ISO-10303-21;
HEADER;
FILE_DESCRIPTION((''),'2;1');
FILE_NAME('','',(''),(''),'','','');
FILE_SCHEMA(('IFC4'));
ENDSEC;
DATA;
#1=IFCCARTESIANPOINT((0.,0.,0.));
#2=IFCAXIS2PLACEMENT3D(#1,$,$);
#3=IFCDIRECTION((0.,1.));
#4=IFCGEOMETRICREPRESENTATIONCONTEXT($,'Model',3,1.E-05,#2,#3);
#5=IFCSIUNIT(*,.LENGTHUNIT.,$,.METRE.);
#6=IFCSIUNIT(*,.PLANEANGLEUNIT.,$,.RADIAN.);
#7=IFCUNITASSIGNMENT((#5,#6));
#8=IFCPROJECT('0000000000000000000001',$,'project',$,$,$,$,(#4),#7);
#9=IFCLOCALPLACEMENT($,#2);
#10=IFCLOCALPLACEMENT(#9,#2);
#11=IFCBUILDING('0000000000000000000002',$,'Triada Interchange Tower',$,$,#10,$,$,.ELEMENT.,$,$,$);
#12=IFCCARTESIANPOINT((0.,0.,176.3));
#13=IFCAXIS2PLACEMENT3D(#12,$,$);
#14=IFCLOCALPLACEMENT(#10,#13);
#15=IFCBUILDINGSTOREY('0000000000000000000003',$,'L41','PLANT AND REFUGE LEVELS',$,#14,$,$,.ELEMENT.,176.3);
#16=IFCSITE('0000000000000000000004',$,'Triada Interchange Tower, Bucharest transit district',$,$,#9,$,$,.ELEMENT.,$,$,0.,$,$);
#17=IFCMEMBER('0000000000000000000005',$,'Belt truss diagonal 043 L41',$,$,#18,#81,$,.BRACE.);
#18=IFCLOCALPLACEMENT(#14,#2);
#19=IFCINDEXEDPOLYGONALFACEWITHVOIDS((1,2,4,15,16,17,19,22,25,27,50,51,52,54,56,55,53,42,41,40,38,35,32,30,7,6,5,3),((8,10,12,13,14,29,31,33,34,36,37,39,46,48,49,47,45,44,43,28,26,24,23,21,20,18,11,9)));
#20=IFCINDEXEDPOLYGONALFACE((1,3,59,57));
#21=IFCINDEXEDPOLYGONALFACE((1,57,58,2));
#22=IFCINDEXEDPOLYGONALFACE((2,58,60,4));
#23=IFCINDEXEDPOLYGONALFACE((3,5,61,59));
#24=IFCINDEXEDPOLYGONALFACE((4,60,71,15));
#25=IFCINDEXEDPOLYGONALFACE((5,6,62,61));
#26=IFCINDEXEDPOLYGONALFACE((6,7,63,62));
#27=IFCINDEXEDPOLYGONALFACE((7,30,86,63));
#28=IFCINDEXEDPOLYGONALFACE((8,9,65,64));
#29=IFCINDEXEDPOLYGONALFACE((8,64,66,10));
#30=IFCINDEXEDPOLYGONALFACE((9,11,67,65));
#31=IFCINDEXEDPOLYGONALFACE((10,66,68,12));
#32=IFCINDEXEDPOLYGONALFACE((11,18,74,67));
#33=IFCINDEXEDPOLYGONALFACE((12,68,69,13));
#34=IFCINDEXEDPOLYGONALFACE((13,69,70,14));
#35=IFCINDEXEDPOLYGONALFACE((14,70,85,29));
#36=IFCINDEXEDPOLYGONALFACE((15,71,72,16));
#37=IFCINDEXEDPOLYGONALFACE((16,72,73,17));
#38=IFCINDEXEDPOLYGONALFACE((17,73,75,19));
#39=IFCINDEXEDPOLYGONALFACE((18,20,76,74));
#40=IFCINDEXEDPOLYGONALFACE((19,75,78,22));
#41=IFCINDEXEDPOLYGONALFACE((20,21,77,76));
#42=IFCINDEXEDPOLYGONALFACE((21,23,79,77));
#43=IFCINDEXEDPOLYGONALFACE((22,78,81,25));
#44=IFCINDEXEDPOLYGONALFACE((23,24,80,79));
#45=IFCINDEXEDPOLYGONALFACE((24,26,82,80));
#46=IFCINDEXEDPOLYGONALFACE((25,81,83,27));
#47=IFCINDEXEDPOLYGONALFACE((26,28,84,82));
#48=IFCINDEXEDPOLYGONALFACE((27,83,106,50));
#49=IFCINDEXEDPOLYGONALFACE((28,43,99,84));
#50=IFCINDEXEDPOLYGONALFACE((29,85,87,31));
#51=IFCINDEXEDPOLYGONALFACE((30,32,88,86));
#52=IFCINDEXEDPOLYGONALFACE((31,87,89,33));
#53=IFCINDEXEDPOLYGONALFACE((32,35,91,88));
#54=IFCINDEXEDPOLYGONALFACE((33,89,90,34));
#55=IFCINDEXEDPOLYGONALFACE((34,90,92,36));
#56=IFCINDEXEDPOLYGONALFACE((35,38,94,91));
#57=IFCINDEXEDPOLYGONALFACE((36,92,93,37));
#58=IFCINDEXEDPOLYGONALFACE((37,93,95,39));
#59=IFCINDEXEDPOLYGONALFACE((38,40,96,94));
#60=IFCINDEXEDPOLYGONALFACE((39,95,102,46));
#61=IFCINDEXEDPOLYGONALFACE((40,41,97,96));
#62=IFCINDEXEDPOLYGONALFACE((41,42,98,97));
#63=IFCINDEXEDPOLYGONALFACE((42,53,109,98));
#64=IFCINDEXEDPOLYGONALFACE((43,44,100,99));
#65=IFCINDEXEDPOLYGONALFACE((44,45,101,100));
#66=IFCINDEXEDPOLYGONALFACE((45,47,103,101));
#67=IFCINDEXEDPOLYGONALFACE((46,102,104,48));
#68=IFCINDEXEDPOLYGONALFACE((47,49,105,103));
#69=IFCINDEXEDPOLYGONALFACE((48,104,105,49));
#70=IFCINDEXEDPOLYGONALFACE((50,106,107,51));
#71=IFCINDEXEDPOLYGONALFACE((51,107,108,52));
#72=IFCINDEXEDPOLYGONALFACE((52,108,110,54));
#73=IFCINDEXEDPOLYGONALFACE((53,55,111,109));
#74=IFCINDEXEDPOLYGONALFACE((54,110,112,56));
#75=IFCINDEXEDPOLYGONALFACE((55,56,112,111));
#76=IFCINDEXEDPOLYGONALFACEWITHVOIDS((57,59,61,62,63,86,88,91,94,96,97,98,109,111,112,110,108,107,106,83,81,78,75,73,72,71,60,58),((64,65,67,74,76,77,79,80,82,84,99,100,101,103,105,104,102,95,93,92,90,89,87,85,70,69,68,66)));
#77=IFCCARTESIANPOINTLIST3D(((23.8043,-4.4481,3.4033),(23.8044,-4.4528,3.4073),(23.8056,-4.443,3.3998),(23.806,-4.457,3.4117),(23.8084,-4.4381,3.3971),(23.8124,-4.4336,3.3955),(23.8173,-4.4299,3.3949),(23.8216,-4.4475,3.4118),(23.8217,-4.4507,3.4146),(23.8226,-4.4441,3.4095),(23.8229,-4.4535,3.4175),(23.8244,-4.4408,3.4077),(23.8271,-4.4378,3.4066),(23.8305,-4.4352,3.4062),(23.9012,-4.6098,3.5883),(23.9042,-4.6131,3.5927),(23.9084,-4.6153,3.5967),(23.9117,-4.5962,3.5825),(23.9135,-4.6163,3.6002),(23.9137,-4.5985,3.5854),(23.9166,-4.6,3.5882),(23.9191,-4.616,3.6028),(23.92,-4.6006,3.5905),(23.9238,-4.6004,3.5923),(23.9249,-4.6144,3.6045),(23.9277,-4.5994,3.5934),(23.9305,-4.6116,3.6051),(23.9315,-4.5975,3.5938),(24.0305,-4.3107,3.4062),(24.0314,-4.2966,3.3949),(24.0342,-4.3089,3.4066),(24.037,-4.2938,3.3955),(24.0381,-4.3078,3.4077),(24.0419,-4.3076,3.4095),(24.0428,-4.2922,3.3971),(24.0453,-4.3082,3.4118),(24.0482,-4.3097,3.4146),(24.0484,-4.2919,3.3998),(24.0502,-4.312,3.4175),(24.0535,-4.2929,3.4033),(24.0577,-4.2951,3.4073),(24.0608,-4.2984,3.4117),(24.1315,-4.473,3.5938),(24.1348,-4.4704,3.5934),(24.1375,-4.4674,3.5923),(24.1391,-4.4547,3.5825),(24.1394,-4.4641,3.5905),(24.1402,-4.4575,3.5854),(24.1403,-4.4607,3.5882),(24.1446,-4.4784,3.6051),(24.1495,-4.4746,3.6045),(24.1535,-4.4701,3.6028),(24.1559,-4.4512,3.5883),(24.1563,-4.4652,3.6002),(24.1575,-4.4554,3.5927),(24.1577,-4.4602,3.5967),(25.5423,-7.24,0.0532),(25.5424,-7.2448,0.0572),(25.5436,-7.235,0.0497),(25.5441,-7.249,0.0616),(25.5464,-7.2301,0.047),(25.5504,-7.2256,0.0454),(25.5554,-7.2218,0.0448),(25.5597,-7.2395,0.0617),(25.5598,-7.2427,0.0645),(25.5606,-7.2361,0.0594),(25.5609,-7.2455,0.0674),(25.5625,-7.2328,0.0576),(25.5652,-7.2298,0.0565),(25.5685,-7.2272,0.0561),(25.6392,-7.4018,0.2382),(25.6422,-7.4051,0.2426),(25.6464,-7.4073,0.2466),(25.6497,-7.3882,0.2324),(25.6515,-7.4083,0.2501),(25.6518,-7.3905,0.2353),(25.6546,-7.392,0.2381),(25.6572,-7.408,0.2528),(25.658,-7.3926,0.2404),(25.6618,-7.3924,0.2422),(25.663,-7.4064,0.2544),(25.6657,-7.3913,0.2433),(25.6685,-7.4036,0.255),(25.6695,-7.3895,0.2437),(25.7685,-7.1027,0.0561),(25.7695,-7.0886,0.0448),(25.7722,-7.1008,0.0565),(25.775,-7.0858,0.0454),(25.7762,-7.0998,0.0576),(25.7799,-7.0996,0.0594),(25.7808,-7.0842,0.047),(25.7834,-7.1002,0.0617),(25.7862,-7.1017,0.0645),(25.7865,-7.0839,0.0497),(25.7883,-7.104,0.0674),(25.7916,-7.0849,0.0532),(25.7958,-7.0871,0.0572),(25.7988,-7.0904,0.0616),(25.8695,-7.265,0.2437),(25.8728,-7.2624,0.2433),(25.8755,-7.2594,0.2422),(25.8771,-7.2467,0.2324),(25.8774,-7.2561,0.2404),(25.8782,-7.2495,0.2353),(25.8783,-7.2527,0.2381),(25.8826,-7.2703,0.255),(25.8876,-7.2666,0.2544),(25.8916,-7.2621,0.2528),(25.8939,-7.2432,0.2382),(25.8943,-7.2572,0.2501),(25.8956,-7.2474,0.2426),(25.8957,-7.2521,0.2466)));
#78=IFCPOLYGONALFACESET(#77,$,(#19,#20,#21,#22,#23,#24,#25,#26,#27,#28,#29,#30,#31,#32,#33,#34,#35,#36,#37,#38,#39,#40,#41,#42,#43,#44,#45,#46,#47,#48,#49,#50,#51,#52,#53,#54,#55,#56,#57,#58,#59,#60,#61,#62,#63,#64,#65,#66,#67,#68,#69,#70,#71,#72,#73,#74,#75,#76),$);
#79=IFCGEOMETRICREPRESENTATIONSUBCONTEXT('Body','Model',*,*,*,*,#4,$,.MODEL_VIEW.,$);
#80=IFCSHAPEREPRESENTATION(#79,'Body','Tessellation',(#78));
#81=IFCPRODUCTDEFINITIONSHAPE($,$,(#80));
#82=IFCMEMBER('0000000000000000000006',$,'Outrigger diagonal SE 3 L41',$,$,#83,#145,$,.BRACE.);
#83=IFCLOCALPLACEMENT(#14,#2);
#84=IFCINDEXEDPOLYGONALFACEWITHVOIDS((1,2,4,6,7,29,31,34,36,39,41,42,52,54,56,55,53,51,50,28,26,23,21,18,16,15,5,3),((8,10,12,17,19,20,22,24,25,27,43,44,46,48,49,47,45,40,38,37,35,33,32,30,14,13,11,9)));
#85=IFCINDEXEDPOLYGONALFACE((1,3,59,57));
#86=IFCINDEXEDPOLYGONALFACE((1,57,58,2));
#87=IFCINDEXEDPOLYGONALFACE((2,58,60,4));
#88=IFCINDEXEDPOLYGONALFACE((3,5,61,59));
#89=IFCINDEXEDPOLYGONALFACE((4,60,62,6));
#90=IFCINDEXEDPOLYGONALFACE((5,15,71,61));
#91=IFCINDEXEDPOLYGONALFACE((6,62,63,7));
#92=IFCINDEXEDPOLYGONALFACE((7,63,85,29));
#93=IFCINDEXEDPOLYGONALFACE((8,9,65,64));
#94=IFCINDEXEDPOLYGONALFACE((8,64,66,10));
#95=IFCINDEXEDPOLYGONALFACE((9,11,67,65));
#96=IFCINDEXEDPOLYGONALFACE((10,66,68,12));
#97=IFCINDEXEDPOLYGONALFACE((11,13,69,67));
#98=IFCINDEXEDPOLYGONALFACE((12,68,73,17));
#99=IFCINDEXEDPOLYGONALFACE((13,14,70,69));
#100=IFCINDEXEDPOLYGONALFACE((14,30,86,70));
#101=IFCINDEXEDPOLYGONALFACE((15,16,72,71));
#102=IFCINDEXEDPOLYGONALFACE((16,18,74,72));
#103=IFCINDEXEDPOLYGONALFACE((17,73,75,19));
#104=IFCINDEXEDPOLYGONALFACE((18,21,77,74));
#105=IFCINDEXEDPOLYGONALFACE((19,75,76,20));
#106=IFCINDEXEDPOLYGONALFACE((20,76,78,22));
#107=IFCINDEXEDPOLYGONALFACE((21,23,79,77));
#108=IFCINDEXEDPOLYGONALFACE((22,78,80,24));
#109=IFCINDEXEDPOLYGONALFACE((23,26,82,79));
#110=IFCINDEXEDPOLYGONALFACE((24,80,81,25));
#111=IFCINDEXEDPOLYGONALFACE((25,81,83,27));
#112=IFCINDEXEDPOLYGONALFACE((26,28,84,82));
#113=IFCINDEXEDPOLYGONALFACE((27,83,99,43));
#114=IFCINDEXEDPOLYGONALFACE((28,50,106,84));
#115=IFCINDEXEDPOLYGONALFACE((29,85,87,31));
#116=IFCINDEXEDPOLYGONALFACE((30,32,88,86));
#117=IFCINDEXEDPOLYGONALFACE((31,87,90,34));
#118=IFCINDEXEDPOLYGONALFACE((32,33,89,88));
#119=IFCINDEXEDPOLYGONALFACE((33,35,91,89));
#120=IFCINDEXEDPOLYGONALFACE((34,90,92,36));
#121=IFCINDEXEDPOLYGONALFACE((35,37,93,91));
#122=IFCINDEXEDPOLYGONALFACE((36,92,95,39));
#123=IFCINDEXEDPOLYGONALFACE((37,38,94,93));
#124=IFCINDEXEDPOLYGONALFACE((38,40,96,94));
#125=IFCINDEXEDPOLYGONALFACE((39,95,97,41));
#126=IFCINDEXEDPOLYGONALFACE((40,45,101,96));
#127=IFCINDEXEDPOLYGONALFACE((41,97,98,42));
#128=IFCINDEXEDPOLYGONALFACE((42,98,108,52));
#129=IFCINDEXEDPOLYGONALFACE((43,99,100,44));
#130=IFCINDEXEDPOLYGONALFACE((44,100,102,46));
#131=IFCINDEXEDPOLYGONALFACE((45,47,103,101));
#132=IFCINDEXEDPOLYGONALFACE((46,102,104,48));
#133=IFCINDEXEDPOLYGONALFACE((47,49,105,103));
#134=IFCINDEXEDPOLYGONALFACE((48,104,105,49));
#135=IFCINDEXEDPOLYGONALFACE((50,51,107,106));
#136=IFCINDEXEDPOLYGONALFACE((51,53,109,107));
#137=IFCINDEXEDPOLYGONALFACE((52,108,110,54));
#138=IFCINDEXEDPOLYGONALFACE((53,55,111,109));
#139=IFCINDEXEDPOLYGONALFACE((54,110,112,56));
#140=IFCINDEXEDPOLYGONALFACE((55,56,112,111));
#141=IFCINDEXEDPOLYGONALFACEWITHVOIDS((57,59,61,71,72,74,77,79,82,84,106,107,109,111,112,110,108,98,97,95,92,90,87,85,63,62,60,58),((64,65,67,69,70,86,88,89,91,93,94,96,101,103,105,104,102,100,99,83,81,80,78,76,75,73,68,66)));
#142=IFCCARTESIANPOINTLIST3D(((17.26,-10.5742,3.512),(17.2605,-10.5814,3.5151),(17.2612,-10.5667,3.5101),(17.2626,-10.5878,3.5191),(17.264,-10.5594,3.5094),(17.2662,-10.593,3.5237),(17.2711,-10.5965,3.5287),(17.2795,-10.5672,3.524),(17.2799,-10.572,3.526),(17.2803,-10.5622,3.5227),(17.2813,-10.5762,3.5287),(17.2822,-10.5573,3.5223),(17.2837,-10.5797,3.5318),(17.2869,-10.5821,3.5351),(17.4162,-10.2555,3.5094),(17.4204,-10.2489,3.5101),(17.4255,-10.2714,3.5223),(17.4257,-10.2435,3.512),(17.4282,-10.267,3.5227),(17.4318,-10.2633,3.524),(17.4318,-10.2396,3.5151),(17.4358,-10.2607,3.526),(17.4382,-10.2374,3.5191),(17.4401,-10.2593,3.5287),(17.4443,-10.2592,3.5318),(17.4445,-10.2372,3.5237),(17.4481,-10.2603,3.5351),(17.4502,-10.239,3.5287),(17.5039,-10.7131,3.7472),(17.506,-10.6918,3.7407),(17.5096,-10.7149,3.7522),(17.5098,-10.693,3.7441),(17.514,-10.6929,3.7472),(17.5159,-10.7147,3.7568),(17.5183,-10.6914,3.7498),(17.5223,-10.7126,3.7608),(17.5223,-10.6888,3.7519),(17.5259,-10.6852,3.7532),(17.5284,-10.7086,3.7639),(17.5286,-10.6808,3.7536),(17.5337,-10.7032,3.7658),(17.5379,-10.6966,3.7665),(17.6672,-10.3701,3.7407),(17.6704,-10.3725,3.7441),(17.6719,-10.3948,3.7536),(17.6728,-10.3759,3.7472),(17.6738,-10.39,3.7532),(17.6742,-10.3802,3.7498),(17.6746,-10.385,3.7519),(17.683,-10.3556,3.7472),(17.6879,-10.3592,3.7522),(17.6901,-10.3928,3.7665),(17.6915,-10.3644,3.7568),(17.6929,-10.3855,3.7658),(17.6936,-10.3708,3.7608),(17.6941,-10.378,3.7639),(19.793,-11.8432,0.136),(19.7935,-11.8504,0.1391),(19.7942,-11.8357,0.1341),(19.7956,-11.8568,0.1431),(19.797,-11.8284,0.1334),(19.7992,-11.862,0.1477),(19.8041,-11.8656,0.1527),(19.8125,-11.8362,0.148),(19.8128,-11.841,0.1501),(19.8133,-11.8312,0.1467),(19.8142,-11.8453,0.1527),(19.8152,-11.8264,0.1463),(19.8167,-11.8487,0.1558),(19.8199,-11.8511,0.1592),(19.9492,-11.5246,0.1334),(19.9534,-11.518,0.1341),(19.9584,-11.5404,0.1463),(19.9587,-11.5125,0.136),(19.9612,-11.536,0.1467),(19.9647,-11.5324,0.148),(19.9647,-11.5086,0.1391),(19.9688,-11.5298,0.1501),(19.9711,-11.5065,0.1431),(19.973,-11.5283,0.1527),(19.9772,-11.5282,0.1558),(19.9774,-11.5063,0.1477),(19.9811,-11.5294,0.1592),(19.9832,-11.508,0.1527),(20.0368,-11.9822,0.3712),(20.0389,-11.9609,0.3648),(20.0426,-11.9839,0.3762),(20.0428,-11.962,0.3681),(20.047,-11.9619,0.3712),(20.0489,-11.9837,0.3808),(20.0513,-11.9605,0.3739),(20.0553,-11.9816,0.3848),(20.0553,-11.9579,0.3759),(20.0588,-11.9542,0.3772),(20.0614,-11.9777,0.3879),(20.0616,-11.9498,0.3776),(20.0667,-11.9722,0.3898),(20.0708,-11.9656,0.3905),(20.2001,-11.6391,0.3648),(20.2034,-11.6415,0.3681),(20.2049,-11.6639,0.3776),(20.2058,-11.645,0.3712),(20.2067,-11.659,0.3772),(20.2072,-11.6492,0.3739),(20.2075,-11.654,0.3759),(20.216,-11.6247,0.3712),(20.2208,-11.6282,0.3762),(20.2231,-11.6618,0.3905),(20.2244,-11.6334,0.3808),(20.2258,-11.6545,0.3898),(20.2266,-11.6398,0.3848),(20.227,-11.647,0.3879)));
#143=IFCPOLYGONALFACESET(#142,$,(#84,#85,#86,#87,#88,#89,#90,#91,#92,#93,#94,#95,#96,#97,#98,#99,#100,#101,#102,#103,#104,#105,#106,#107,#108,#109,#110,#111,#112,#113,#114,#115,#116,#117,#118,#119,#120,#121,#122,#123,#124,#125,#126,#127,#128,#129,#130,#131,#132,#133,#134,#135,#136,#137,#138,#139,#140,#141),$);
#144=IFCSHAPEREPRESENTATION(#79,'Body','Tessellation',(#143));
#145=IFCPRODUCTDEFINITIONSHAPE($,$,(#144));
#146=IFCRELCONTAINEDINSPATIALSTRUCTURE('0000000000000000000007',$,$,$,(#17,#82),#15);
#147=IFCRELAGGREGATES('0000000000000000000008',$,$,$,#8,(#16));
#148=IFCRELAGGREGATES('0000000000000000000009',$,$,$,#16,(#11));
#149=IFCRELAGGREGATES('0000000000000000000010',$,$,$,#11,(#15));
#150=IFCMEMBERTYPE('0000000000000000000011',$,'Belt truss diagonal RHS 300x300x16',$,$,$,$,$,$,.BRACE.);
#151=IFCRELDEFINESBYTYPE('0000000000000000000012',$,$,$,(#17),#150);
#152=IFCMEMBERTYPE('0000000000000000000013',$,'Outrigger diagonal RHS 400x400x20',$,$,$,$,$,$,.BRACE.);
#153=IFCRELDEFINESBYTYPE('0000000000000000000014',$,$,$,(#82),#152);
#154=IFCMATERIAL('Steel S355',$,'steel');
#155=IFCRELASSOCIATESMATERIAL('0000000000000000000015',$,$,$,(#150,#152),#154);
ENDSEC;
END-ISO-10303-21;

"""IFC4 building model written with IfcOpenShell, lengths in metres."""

from ifc_helpers import new_model, si_unit, direction, frame, origin, origin_2d, place, context, subcontext, project, spatial, hollow_rectangle, extrude, material, material_profile, profile_set, type_object, element, save


model = new_model("IFC4")

# Units and contexts
model_context = context("Model", 3, precision=1e-05, world=origin(), true_north=direction((0.0, 1.0)))
body_context = subcontext(model_context, "Body", "Model", "MODEL_VIEW")
ifc_project = project(units=[si_unit("LENGTHUNIT", "METRE"), si_unit("PLANEANGLEUNIT", "RADIAN")], contexts=[model_context])

# Site, building, storey
site_placement = place(None, origin())
site = spatial("IfcSite", under=ifc_project, at=site_placement, Name="Triada Interchange Tower, Bucharest transit district", CompositionType="ELEMENT", RefElevation=0.0)
building_placement = place(site_placement, origin())
building = spatial("IfcBuilding", under=site, at=building_placement, Name="Triada Interchange Tower", CompositionType="ELEMENT")
storey_placement = place(building_placement, frame((0.0, 0.0, 176.3)))
storey = spatial("IfcBuildingStorey", under=building, at=storey_placement, Name="L41", Description="PLANT AND REFUGE LEVELS", CompositionType="ELEMENT", Elevation=176.3)

# Members
ifc_material_1 = material(Name="Steel S355", Category="steel")
ifc_material_profile_1 = material_profile(ifc_material_1, hollow_rectangle(XDim=0.3, YDim=0.3, WallThickness=0.0161, InnerFilletRadius=0.0161, OuterFilletRadius=0.0239, at=origin_2d()), Name="RHS 300x300x16")
ifc_profile_set_1 = profile_set([ifc_material_profile_1], Name="Steel S355")
member_type_1 = type_object("IfcMemberType", Name="Belt truss diagonal RHS 300x300x16", PredefinedType="BRACE", material=ifc_profile_set_1)
member_1_placement = place(storey_placement, frame((25.719, -7.2461, 0.1499), z_axis=(-0.370222, 0.594726, 0.713609), x_axis=(-0.848948, -0.528477, 0.0)))
element("IfcMember", 1, at=member_1_placement, inside=storey, type_object=member_type_1, Name="Belt truss diagonal 043 L41", PredefinedType="BRACE", context=body_context, shape_type="SweptSolid", body=[
    extrude(hollow_rectangle(XDim=0.3, YDim=0.3, WallThickness=0.0161, InnerFilletRadius=0.0161, OuterFilletRadius=0.0239, at=origin_2d()), origin(), (0.0, 0.0, 1.0), 4.6946),
])
ifc_material_profile_2 = material_profile(ifc_material_1, hollow_rectangle(XDim=0.3999, YDim=0.3999, WallThickness=0.02, InnerFilletRadius=0.02, OuterFilletRadius=0.03, at=origin_2d()), Name="RHS 400x400x20")
ifc_profile_set_2 = profile_set([ifc_material_profile_2], Name="Steel S355")
member_type_2 = type_object("IfcMemberType", Name="Outrigger diagonal RHS 400x400x20", PredefinedType="BRACE", material=ifc_profile_set_2)
member_2_placement = place(storey_placement, frame((17.4771, -10.4761, 3.6379), z_axis=(0.57473, -0.287947, -0.766011), x_axis=(0.447937, 0.894065, 0.0)))
element("IfcMember", 2, at=member_2_placement, inside=storey, type_object=member_type_2, Name="Outrigger diagonal SE 3 L41", PredefinedType="BRACE", context=body_context, shape_type="SweptSolid", body=[
    extrude(hollow_rectangle(XDim=0.3999, YDim=0.3999, WallThickness=0.02, InnerFilletRadius=0.02, OuterFilletRadius=0.03, at=origin_2d()), origin(), (0.0, 0.0, 1.0), 4.4072),
])

save(model, "model.ifc")
